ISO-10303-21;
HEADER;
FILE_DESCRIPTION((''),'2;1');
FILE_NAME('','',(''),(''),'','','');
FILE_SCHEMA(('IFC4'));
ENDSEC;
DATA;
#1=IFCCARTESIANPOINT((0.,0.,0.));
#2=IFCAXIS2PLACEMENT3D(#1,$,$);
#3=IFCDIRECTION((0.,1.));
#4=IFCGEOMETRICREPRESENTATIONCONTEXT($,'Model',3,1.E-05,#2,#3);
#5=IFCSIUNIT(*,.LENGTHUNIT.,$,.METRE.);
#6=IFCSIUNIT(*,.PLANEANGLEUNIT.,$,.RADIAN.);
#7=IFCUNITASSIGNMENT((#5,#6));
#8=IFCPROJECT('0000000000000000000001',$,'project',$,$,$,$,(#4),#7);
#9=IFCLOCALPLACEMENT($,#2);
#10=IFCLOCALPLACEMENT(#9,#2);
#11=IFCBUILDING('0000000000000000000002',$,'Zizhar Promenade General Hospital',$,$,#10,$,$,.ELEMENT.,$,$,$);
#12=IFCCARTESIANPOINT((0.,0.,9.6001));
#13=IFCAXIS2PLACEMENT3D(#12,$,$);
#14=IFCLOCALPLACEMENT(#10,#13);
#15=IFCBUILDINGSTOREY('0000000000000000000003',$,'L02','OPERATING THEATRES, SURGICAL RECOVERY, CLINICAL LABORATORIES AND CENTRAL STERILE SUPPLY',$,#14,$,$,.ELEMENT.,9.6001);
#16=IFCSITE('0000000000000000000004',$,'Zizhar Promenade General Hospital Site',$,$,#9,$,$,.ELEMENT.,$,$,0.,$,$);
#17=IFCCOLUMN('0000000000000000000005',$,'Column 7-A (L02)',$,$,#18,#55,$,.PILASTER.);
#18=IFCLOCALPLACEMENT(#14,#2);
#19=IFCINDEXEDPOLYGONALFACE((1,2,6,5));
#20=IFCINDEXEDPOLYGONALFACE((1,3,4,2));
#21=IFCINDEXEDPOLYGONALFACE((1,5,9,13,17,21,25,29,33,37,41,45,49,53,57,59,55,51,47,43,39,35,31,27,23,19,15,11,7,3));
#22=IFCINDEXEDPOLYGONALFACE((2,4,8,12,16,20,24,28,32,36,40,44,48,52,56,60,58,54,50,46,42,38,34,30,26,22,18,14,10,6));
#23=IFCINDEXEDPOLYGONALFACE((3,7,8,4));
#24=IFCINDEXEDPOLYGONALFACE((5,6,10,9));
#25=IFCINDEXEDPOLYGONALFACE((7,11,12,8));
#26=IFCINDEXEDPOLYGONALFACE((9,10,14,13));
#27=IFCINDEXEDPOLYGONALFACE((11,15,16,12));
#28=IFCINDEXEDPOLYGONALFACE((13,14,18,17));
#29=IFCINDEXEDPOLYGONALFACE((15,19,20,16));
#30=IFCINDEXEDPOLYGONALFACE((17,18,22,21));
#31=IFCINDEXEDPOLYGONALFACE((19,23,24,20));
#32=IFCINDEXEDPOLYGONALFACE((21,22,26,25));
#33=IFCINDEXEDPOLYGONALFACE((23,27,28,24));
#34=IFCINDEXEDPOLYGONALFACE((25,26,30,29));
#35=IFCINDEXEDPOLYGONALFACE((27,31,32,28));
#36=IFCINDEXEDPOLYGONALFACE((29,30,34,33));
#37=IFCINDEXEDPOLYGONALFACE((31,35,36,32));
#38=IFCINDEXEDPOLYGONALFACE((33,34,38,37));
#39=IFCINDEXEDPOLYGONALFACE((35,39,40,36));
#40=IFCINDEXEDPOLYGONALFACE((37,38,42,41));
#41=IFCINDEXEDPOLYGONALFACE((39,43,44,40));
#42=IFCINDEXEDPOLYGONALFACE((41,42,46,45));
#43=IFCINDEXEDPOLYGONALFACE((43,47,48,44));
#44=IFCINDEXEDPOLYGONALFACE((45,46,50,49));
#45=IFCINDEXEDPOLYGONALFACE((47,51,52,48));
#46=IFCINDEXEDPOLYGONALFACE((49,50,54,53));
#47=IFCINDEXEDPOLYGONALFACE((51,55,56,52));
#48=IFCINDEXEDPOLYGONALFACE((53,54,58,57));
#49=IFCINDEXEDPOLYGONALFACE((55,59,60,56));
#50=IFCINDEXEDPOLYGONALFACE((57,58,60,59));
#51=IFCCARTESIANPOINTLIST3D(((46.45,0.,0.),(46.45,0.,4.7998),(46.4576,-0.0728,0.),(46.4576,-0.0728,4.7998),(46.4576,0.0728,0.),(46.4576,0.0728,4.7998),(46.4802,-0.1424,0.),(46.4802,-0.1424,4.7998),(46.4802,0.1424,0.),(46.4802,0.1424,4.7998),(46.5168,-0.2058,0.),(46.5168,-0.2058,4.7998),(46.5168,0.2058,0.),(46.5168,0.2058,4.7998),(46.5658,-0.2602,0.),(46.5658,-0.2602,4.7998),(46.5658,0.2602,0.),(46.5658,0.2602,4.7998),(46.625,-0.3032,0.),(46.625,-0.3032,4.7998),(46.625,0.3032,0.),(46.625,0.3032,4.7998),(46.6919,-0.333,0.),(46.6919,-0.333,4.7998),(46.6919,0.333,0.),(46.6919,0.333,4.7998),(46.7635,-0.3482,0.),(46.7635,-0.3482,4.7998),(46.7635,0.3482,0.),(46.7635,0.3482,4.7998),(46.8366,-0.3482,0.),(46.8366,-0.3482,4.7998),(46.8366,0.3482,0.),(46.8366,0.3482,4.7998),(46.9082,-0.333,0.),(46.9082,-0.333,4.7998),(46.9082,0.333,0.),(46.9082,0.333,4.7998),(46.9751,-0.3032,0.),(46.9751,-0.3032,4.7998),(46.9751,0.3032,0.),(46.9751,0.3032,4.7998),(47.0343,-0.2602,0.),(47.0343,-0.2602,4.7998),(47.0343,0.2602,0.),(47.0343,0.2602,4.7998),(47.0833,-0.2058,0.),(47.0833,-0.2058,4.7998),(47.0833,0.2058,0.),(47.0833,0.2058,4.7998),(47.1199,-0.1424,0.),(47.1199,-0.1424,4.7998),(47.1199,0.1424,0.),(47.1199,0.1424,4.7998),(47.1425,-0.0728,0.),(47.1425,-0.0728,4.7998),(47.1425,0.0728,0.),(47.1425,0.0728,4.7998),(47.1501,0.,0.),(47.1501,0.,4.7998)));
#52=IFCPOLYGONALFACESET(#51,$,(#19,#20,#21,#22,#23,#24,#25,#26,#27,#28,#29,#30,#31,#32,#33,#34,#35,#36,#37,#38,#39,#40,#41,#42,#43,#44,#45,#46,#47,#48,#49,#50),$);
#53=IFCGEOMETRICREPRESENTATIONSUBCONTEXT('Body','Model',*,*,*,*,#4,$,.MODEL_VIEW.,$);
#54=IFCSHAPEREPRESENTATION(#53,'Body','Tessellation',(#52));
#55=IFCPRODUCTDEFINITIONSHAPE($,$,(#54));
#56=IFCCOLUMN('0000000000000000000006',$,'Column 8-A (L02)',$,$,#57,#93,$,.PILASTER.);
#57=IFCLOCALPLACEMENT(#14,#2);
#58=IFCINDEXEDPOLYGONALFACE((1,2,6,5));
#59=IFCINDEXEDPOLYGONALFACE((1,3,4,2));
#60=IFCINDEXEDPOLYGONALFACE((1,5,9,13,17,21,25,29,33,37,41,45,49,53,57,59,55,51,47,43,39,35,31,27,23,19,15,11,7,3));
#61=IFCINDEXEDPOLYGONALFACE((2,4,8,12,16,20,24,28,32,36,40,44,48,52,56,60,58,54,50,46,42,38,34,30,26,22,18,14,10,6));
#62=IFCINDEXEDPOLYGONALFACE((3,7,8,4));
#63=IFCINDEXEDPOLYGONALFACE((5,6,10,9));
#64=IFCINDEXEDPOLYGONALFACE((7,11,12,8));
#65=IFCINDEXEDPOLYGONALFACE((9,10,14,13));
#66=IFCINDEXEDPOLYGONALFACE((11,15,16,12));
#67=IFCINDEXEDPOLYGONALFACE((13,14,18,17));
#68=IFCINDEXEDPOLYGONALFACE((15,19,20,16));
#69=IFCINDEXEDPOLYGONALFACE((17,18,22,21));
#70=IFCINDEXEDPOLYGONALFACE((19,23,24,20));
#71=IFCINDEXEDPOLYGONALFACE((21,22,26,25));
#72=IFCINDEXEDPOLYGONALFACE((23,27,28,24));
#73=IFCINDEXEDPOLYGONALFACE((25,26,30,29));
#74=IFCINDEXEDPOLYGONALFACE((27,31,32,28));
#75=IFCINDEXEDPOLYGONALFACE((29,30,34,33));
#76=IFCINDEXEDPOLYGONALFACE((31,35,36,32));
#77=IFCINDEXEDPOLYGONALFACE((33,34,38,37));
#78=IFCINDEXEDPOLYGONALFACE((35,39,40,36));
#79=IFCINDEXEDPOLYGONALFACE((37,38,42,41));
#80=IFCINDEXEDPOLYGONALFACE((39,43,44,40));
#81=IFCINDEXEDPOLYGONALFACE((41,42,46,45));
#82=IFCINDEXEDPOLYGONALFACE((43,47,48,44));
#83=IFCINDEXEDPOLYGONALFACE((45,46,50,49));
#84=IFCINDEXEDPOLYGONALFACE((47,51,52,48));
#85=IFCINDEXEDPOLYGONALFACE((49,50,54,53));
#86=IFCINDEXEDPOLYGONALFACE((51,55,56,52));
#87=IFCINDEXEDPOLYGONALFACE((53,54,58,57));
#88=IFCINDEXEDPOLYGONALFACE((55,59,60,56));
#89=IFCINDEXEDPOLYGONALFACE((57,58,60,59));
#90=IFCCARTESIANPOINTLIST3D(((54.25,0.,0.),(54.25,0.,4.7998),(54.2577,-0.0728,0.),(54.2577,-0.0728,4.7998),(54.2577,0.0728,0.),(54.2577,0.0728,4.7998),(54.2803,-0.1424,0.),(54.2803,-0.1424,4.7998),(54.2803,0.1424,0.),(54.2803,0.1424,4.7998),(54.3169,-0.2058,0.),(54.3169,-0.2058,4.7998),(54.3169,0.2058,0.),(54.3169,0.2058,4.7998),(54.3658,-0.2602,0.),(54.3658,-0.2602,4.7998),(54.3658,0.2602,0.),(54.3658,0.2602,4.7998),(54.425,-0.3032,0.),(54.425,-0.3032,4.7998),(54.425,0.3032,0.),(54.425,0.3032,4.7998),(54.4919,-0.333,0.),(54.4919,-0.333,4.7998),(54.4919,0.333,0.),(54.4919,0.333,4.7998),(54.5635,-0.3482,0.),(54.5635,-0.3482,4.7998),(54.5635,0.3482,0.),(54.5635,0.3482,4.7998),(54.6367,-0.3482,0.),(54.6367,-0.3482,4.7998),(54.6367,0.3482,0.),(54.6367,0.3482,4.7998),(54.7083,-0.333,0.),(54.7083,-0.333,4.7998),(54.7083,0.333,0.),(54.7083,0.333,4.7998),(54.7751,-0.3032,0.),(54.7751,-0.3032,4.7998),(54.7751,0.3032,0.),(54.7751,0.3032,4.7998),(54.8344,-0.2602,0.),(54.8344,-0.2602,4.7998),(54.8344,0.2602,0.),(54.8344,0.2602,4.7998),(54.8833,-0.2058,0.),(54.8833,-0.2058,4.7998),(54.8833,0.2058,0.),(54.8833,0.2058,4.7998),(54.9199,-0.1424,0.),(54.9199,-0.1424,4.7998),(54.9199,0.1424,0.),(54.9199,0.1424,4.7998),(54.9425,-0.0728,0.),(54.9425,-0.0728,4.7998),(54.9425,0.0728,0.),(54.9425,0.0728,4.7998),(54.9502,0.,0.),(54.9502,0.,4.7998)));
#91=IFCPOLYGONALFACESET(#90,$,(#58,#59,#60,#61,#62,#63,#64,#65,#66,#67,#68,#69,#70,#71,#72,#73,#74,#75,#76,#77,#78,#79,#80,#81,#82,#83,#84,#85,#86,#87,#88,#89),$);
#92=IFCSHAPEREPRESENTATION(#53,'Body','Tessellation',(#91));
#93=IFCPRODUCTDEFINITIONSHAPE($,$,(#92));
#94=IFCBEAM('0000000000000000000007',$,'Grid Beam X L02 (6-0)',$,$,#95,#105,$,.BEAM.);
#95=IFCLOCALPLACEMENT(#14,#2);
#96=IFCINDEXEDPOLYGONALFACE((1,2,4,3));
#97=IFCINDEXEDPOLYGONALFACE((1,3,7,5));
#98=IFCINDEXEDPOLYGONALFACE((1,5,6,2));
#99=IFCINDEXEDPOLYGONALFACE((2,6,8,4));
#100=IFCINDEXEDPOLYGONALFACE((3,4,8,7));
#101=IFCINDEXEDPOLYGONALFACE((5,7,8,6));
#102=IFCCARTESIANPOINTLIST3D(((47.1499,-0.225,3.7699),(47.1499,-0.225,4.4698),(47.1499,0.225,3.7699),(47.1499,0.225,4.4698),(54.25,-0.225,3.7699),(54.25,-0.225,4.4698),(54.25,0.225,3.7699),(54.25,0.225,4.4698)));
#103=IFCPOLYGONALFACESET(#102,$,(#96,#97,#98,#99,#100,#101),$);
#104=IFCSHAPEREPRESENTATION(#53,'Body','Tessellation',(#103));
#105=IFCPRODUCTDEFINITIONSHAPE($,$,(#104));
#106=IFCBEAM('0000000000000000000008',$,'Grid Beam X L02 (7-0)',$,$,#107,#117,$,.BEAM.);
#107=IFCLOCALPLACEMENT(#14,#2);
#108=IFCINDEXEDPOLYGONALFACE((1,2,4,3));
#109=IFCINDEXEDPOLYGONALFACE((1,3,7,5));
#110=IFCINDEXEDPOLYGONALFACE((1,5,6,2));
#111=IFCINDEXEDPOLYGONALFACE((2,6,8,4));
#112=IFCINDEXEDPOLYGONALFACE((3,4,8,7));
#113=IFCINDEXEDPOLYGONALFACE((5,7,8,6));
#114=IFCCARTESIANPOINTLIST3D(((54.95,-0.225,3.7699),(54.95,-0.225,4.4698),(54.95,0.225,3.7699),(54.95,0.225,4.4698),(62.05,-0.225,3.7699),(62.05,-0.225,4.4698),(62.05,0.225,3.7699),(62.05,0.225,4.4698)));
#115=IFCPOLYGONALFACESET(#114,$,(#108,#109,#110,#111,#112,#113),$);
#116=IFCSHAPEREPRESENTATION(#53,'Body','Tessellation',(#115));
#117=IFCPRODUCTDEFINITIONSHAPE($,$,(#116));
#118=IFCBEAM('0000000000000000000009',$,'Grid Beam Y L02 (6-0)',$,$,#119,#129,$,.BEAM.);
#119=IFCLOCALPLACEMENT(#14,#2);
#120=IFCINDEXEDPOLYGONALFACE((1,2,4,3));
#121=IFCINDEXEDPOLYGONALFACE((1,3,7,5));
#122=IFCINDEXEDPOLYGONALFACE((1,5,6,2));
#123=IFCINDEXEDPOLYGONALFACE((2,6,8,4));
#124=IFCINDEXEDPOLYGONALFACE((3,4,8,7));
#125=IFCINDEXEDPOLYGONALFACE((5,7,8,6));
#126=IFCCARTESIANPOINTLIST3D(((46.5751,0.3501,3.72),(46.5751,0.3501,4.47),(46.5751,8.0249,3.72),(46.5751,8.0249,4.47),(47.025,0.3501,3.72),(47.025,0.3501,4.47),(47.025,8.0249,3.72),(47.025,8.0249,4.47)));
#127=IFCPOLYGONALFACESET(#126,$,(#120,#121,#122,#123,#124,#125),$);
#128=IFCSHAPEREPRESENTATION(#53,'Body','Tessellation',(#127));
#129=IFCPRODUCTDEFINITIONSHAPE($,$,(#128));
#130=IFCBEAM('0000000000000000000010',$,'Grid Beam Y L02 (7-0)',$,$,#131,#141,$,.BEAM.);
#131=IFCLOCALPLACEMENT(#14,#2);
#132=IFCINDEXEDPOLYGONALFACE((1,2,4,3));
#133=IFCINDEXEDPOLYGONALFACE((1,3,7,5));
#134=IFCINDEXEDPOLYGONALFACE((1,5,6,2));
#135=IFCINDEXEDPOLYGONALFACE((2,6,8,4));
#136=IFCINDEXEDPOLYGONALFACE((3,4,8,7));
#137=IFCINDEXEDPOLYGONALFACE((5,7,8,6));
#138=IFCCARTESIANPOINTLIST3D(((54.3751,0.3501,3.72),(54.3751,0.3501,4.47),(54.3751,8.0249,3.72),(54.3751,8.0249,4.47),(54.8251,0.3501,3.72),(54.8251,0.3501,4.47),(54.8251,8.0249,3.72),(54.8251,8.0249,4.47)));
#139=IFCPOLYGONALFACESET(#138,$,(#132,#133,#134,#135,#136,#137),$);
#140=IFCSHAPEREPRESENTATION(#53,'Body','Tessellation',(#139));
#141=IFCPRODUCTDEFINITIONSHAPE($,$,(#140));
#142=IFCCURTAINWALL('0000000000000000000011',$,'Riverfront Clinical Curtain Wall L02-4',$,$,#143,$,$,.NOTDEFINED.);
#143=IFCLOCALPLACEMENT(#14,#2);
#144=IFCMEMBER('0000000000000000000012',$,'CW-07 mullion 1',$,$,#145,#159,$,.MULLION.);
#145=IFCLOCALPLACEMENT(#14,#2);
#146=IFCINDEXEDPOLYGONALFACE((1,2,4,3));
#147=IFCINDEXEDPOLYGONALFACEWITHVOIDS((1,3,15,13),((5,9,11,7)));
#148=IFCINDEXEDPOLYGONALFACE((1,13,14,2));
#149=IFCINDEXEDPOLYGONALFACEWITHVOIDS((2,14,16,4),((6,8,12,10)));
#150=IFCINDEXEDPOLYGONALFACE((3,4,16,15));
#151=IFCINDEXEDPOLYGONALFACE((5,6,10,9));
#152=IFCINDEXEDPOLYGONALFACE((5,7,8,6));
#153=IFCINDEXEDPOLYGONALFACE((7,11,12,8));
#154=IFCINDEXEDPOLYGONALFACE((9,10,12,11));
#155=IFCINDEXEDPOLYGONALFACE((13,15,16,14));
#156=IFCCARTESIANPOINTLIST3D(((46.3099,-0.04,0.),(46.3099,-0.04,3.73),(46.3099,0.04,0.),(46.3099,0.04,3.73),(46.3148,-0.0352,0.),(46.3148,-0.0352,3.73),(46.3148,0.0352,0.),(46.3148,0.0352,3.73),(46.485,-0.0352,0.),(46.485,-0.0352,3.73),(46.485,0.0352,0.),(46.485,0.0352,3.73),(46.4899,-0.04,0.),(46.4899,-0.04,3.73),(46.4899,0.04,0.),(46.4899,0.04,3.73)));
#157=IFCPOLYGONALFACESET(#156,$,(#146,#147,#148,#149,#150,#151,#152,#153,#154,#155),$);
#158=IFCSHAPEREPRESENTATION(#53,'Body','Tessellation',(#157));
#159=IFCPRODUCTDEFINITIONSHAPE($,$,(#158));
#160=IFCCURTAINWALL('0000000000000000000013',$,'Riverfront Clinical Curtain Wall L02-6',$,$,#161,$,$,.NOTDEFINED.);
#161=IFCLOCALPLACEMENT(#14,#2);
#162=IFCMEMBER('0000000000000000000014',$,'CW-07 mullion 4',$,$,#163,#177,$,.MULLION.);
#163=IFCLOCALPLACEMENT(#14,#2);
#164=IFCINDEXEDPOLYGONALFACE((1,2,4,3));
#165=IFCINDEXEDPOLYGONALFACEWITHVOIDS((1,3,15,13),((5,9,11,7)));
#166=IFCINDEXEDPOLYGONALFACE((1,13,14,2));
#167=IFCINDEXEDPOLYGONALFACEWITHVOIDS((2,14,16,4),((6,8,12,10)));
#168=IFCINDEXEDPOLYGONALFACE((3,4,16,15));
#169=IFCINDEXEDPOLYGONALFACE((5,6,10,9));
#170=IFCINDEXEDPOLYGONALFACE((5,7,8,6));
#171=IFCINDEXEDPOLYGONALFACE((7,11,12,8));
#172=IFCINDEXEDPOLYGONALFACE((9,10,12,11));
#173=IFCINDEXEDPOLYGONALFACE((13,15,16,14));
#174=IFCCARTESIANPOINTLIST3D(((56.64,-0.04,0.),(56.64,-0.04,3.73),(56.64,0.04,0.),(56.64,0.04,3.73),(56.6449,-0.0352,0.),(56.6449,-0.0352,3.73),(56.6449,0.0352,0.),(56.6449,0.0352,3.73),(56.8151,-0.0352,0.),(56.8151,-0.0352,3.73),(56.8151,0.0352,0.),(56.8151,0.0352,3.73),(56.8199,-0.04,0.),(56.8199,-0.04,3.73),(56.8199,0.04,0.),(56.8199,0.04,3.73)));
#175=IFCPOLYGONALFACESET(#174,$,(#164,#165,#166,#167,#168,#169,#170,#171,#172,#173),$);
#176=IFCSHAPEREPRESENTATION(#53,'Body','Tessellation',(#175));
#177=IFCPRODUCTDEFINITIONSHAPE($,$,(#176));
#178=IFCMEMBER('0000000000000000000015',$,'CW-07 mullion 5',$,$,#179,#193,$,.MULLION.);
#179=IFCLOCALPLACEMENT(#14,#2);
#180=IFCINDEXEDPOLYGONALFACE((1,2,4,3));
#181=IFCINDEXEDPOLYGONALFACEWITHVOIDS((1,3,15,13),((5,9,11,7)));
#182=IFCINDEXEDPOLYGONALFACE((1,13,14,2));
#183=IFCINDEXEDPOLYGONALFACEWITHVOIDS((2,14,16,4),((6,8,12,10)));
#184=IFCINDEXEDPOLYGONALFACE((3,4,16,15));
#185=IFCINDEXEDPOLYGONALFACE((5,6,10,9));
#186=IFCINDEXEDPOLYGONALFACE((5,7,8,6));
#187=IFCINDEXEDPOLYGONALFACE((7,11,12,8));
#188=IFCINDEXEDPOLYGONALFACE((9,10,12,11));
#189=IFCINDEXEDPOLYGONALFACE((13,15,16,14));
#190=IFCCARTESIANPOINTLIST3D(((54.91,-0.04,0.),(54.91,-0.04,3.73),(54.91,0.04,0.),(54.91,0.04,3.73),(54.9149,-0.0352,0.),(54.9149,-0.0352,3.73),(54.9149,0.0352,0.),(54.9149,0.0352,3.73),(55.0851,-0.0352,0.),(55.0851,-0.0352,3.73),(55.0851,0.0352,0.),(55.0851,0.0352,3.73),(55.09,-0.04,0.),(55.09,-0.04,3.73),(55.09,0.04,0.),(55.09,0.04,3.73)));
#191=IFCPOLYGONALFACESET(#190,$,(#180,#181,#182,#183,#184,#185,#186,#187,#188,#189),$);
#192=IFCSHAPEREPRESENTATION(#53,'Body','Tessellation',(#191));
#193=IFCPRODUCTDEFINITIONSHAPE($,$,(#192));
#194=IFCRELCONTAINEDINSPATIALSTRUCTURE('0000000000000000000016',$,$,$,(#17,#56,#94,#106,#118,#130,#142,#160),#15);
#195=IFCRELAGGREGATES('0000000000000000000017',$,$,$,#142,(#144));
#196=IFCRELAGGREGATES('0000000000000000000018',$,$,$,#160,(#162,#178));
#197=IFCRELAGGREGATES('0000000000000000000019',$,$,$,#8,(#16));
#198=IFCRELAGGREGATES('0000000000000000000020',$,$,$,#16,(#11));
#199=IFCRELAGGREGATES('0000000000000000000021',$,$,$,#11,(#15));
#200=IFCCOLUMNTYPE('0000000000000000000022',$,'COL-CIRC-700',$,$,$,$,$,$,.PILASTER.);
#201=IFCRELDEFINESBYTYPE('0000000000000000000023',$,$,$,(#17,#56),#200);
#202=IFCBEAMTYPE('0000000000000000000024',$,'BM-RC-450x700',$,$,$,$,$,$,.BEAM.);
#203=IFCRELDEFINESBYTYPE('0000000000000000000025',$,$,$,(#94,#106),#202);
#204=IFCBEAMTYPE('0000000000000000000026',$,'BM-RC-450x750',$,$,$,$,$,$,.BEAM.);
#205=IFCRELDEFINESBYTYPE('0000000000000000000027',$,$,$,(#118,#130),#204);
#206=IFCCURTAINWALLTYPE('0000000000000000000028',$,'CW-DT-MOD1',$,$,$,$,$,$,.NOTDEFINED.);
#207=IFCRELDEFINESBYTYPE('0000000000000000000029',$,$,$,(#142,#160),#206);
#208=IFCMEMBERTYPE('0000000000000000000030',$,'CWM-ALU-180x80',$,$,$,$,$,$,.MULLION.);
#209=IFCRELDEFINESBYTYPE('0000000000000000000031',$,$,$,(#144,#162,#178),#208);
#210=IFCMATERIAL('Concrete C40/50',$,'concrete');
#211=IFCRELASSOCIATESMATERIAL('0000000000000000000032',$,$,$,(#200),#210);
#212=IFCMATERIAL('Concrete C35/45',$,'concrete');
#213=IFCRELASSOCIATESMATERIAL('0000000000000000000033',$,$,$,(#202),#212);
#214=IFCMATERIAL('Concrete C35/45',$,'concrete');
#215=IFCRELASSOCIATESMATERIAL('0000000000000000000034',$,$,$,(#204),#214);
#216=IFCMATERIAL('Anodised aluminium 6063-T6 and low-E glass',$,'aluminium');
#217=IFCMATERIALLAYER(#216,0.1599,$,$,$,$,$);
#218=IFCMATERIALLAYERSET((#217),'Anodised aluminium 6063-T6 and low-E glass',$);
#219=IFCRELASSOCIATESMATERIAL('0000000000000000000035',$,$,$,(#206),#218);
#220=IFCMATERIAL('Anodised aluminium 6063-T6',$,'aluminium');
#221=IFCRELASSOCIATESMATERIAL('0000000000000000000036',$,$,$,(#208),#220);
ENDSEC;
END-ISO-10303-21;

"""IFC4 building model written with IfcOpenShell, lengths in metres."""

from ifc_helpers import new_model, si_unit, direction, frame, origin, origin_2d, place, context, subcontext, project, spatial, rectangle, hollow_rectangle, circle, extrude, material, layer, layer_set, material_profile, profile_set, type_object, element, aggregate, save


model = new_model("IFC4")

# Units and contexts
model_context = context("Model", 3, precision=1e-05, world=origin(), true_north=direction((0.0, 1.0)))
body_context = subcontext(model_context, "Body", "Model", "MODEL_VIEW")
ifc_project = project(units=[si_unit("LENGTHUNIT", "METRE"), si_unit("PLANEANGLEUNIT", "RADIAN")], contexts=[model_context])

# Site, building, storey
site_placement = place(None, origin())
site = spatial("IfcSite", under=ifc_project, at=site_placement, Name="Zizhar Promenade General Hospital Site", CompositionType="ELEMENT", RefElevation=0.0)
building_placement = place(site_placement, origin())
building = spatial("IfcBuilding", under=site, at=building_placement, Name="Zizhar Promenade General Hospital", CompositionType="ELEMENT")
storey_placement = place(building_placement, frame((0.0, 0.0, 9.6001)))
storey = spatial("IfcBuildingStorey", under=building, at=storey_placement, Name="L02", Description="OPERATING THEATRES, SURGICAL RECOVERY, CLINICAL LABORATORIES AND CENTRAL STERILE SUPPLY", CompositionType="ELEMENT", Elevation=9.6001)

# Columns
ifc_material_1 = material(Name="Concrete C40/50", Category="concrete")
ifc_material_profile_1 = material_profile(ifc_material_1, circle(Radius=0.3501, at=origin_2d()))
ifc_profile_set_1 = profile_set([ifc_material_profile_1], Name="Concrete C40/50")
column_type = type_object("IfcColumnType", Name="COL-CIRC-700", PredefinedType="PILASTER", material=ifc_profile_set_1)
for number, where, z_axis, x_axis, name in (
    (1, (46.8, 0.0, 0.0), (0.0, 0.0, 1.0), (1.0, 0.0, 0.0), "Column 7-A (L02)"),
    (2, (54.6001, 0.0, 0.0), (0.0, 0.0, 1.0), (1.0, 0.0, 0.0), "Column 8-A (L02)"),
):
    element("IfcColumn", number, at=place(storey_placement, frame(where, z_axis=z_axis, x_axis=x_axis)), inside=storey, type_object=column_type, Name=name, PredefinedType="PILASTER", context=body_context, shape_type="SweptSolid", body=[
        extrude(circle(Radius=0.3501, at=origin_2d()), origin(), (0.0, 0.0, 1.0), 4.7998),
    ])

# Beams
ifc_material_2 = material(Name="Concrete C35/45", Category="concrete")
ifc_material_profile_2 = material_profile(ifc_material_2, rectangle(XDim=0.45, YDim=0.7, at=origin_2d()))
ifc_profile_set_2 = profile_set([ifc_material_profile_2], Name="Concrete C35/45")
beam_type_1 = type_object("IfcBeamType", Name="BM-RC-450x700", PredefinedType="BEAM", material=ifc_profile_set_2)
for number, where, z_axis, x_axis, name in (
    (3, (47.1499, 0.0, 4.1199), (1.0, 0.0, 0.0), (0.0, 1.0, 0.0), "Grid Beam X L02 (6-0)"),
    (4, (54.95, 0.0, 4.1199), (1.0, 0.0, 0.0), (0.0, 1.0, 0.0), "Grid Beam X L02 (7-0)"),
):
    element("IfcBeam", number, at=place(storey_placement, frame(where, z_axis=z_axis, x_axis=x_axis)), inside=storey, type_object=beam_type_1, Name=name, PredefinedType="BEAM", context=body_context, shape_type="SweptSolid", body=[
        extrude(rectangle(XDim=0.45, YDim=0.7, at=origin_2d()), origin(), (0.0, 0.0, 1.0), 7.1001),
    ])
ifc_material_3 = material(Name="Concrete C35/45", Category="concrete")
ifc_material_profile_3 = material_profile(ifc_material_3, rectangle(XDim=0.45, YDim=0.75, at=origin_2d()))
ifc_profile_set_3 = profile_set([ifc_material_profile_3], Name="Concrete C35/45")
beam_type_2 = type_object("IfcBeamType", Name="BM-RC-450x750", PredefinedType="BEAM", material=ifc_profile_set_3)
for number, where, z_axis, x_axis, name in (
    (5, (46.8, 0.3501, 4.095), (0.0, 1.0, 0.0), (-1.0, 0.0, 0.0), "Grid Beam Y L02 (6-0)"),
    (6, (54.6001, 0.3501, 4.095), (0.0, 1.0, 0.0), (-1.0, 0.0, 0.0), "Grid Beam Y L02 (7-0)"),
):
    element("IfcBeam", number, at=place(storey_placement, frame(where, z_axis=z_axis, x_axis=x_axis)), inside=storey, type_object=beam_type_2, Name=name, PredefinedType="BEAM", context=body_context, shape_type="SweptSolid", body=[
        extrude(rectangle(XDim=0.45, YDim=0.75, at=origin_2d()), origin(), (0.0, 0.0, 1.0), 7.6748),
    ])

# Curtain wall, member
ifc_material_4 = material(Name="Anodised aluminium 6063-T6 and low-E glass", Category="aluminium")
ifc_layer_1 = layer(ifc_material_4, 0.1599)
ifc_layer_set_1 = layer_set([ifc_layer_1], Name="Anodised aluminium 6063-T6 and low-E glass")
curtain_wall_type = type_object("IfcCurtainWallType", Name="CW-DT-MOD1", PredefinedType="NOTDEFINED", material=ifc_layer_set_1)
curtain_wall_1_placement = place(storey_placement, origin())
curtain_wall_1 = element("IfcCurtainWall", 7, at=curtain_wall_1_placement, inside=storey, type_object=curtain_wall_type, Name="Riverfront Clinical Curtain Wall L02-4", PredefinedType="NOTDEFINED")
ifc_material_5 = material(Name="Anodised aluminium 6063-T6", Category="aluminium")
ifc_material_profile_4 = material_profile(ifc_material_5, hollow_rectangle(XDim=0.0801, YDim=0.1799, WallThickness=0.0049, at=origin_2d()))
ifc_profile_set_4 = profile_set([ifc_material_profile_4], Name="Anodised aluminium 6063-T6")
member_type_1 = type_object("IfcMemberType", Name="CWM-ALU-180x80", PredefinedType="MULLION", material=ifc_profile_set_4)
member_1_placement = place(storey_placement, frame((46.3999, 0.0, 0.0), z_axis=(0.0, 0.0, 1.0), x_axis=(0.0, -1.0, 0.0)))
member_1 = element("IfcMember", 8, at=member_1_placement, type_object=member_type_1, Name="CW-07 mullion 1", PredefinedType="MULLION", context=body_context, shape_type="SweptSolid", body=[
    extrude(hollow_rectangle(XDim=0.0801, YDim=0.1799, WallThickness=0.0049, at=origin_2d()), origin(), (0.0, 0.0, 1.0), 3.73),
])

# Curtain wall, members
curtain_wall_2_placement = place(storey_placement, origin())
curtain_wall_2 = element("IfcCurtainWall", 9, at=curtain_wall_2_placement, inside=storey, type_object=curtain_wall_type, Name="Riverfront Clinical Curtain Wall L02-6", PredefinedType="NOTDEFINED")
member_2_placement = place(storey_placement, frame((56.73, 0.0, 0.0), z_axis=(0.0, 0.0, 1.0), x_axis=(0.0, -1.0, 0.0)))
member_2 = element("IfcMember", 10, at=member_2_placement, type_object=member_type_1, Name="CW-07 mullion 4", PredefinedType="MULLION", context=body_context, shape_type="SweptSolid", body=[
    extrude(hollow_rectangle(XDim=0.0801, YDim=0.1799, WallThickness=0.0049, at=origin_2d()), origin(), (0.0, 0.0, 1.0), 3.73),
])
member_3_placement = place(storey_placement, frame((55.0, 0.0, 0.0), z_axis=(0.0, 0.0, 1.0), x_axis=(0.0, -1.0, 0.0)))
member_3 = element("IfcMember", 11, at=member_3_placement, type_object=member_type_1, Name="CW-07 mullion 5", PredefinedType="MULLION", context=body_context, shape_type="SweptSolid", body=[
    extrude(hollow_rectangle(XDim=0.0801, YDim=0.1799, WallThickness=0.0049, at=origin_2d()), origin(), (0.0, 0.0, 1.0), 3.73),
])

aggregate(curtain_wall_1, [member_1])

aggregate(curtain_wall_2, [member_2, member_3])

save(model, "model.ifc")
